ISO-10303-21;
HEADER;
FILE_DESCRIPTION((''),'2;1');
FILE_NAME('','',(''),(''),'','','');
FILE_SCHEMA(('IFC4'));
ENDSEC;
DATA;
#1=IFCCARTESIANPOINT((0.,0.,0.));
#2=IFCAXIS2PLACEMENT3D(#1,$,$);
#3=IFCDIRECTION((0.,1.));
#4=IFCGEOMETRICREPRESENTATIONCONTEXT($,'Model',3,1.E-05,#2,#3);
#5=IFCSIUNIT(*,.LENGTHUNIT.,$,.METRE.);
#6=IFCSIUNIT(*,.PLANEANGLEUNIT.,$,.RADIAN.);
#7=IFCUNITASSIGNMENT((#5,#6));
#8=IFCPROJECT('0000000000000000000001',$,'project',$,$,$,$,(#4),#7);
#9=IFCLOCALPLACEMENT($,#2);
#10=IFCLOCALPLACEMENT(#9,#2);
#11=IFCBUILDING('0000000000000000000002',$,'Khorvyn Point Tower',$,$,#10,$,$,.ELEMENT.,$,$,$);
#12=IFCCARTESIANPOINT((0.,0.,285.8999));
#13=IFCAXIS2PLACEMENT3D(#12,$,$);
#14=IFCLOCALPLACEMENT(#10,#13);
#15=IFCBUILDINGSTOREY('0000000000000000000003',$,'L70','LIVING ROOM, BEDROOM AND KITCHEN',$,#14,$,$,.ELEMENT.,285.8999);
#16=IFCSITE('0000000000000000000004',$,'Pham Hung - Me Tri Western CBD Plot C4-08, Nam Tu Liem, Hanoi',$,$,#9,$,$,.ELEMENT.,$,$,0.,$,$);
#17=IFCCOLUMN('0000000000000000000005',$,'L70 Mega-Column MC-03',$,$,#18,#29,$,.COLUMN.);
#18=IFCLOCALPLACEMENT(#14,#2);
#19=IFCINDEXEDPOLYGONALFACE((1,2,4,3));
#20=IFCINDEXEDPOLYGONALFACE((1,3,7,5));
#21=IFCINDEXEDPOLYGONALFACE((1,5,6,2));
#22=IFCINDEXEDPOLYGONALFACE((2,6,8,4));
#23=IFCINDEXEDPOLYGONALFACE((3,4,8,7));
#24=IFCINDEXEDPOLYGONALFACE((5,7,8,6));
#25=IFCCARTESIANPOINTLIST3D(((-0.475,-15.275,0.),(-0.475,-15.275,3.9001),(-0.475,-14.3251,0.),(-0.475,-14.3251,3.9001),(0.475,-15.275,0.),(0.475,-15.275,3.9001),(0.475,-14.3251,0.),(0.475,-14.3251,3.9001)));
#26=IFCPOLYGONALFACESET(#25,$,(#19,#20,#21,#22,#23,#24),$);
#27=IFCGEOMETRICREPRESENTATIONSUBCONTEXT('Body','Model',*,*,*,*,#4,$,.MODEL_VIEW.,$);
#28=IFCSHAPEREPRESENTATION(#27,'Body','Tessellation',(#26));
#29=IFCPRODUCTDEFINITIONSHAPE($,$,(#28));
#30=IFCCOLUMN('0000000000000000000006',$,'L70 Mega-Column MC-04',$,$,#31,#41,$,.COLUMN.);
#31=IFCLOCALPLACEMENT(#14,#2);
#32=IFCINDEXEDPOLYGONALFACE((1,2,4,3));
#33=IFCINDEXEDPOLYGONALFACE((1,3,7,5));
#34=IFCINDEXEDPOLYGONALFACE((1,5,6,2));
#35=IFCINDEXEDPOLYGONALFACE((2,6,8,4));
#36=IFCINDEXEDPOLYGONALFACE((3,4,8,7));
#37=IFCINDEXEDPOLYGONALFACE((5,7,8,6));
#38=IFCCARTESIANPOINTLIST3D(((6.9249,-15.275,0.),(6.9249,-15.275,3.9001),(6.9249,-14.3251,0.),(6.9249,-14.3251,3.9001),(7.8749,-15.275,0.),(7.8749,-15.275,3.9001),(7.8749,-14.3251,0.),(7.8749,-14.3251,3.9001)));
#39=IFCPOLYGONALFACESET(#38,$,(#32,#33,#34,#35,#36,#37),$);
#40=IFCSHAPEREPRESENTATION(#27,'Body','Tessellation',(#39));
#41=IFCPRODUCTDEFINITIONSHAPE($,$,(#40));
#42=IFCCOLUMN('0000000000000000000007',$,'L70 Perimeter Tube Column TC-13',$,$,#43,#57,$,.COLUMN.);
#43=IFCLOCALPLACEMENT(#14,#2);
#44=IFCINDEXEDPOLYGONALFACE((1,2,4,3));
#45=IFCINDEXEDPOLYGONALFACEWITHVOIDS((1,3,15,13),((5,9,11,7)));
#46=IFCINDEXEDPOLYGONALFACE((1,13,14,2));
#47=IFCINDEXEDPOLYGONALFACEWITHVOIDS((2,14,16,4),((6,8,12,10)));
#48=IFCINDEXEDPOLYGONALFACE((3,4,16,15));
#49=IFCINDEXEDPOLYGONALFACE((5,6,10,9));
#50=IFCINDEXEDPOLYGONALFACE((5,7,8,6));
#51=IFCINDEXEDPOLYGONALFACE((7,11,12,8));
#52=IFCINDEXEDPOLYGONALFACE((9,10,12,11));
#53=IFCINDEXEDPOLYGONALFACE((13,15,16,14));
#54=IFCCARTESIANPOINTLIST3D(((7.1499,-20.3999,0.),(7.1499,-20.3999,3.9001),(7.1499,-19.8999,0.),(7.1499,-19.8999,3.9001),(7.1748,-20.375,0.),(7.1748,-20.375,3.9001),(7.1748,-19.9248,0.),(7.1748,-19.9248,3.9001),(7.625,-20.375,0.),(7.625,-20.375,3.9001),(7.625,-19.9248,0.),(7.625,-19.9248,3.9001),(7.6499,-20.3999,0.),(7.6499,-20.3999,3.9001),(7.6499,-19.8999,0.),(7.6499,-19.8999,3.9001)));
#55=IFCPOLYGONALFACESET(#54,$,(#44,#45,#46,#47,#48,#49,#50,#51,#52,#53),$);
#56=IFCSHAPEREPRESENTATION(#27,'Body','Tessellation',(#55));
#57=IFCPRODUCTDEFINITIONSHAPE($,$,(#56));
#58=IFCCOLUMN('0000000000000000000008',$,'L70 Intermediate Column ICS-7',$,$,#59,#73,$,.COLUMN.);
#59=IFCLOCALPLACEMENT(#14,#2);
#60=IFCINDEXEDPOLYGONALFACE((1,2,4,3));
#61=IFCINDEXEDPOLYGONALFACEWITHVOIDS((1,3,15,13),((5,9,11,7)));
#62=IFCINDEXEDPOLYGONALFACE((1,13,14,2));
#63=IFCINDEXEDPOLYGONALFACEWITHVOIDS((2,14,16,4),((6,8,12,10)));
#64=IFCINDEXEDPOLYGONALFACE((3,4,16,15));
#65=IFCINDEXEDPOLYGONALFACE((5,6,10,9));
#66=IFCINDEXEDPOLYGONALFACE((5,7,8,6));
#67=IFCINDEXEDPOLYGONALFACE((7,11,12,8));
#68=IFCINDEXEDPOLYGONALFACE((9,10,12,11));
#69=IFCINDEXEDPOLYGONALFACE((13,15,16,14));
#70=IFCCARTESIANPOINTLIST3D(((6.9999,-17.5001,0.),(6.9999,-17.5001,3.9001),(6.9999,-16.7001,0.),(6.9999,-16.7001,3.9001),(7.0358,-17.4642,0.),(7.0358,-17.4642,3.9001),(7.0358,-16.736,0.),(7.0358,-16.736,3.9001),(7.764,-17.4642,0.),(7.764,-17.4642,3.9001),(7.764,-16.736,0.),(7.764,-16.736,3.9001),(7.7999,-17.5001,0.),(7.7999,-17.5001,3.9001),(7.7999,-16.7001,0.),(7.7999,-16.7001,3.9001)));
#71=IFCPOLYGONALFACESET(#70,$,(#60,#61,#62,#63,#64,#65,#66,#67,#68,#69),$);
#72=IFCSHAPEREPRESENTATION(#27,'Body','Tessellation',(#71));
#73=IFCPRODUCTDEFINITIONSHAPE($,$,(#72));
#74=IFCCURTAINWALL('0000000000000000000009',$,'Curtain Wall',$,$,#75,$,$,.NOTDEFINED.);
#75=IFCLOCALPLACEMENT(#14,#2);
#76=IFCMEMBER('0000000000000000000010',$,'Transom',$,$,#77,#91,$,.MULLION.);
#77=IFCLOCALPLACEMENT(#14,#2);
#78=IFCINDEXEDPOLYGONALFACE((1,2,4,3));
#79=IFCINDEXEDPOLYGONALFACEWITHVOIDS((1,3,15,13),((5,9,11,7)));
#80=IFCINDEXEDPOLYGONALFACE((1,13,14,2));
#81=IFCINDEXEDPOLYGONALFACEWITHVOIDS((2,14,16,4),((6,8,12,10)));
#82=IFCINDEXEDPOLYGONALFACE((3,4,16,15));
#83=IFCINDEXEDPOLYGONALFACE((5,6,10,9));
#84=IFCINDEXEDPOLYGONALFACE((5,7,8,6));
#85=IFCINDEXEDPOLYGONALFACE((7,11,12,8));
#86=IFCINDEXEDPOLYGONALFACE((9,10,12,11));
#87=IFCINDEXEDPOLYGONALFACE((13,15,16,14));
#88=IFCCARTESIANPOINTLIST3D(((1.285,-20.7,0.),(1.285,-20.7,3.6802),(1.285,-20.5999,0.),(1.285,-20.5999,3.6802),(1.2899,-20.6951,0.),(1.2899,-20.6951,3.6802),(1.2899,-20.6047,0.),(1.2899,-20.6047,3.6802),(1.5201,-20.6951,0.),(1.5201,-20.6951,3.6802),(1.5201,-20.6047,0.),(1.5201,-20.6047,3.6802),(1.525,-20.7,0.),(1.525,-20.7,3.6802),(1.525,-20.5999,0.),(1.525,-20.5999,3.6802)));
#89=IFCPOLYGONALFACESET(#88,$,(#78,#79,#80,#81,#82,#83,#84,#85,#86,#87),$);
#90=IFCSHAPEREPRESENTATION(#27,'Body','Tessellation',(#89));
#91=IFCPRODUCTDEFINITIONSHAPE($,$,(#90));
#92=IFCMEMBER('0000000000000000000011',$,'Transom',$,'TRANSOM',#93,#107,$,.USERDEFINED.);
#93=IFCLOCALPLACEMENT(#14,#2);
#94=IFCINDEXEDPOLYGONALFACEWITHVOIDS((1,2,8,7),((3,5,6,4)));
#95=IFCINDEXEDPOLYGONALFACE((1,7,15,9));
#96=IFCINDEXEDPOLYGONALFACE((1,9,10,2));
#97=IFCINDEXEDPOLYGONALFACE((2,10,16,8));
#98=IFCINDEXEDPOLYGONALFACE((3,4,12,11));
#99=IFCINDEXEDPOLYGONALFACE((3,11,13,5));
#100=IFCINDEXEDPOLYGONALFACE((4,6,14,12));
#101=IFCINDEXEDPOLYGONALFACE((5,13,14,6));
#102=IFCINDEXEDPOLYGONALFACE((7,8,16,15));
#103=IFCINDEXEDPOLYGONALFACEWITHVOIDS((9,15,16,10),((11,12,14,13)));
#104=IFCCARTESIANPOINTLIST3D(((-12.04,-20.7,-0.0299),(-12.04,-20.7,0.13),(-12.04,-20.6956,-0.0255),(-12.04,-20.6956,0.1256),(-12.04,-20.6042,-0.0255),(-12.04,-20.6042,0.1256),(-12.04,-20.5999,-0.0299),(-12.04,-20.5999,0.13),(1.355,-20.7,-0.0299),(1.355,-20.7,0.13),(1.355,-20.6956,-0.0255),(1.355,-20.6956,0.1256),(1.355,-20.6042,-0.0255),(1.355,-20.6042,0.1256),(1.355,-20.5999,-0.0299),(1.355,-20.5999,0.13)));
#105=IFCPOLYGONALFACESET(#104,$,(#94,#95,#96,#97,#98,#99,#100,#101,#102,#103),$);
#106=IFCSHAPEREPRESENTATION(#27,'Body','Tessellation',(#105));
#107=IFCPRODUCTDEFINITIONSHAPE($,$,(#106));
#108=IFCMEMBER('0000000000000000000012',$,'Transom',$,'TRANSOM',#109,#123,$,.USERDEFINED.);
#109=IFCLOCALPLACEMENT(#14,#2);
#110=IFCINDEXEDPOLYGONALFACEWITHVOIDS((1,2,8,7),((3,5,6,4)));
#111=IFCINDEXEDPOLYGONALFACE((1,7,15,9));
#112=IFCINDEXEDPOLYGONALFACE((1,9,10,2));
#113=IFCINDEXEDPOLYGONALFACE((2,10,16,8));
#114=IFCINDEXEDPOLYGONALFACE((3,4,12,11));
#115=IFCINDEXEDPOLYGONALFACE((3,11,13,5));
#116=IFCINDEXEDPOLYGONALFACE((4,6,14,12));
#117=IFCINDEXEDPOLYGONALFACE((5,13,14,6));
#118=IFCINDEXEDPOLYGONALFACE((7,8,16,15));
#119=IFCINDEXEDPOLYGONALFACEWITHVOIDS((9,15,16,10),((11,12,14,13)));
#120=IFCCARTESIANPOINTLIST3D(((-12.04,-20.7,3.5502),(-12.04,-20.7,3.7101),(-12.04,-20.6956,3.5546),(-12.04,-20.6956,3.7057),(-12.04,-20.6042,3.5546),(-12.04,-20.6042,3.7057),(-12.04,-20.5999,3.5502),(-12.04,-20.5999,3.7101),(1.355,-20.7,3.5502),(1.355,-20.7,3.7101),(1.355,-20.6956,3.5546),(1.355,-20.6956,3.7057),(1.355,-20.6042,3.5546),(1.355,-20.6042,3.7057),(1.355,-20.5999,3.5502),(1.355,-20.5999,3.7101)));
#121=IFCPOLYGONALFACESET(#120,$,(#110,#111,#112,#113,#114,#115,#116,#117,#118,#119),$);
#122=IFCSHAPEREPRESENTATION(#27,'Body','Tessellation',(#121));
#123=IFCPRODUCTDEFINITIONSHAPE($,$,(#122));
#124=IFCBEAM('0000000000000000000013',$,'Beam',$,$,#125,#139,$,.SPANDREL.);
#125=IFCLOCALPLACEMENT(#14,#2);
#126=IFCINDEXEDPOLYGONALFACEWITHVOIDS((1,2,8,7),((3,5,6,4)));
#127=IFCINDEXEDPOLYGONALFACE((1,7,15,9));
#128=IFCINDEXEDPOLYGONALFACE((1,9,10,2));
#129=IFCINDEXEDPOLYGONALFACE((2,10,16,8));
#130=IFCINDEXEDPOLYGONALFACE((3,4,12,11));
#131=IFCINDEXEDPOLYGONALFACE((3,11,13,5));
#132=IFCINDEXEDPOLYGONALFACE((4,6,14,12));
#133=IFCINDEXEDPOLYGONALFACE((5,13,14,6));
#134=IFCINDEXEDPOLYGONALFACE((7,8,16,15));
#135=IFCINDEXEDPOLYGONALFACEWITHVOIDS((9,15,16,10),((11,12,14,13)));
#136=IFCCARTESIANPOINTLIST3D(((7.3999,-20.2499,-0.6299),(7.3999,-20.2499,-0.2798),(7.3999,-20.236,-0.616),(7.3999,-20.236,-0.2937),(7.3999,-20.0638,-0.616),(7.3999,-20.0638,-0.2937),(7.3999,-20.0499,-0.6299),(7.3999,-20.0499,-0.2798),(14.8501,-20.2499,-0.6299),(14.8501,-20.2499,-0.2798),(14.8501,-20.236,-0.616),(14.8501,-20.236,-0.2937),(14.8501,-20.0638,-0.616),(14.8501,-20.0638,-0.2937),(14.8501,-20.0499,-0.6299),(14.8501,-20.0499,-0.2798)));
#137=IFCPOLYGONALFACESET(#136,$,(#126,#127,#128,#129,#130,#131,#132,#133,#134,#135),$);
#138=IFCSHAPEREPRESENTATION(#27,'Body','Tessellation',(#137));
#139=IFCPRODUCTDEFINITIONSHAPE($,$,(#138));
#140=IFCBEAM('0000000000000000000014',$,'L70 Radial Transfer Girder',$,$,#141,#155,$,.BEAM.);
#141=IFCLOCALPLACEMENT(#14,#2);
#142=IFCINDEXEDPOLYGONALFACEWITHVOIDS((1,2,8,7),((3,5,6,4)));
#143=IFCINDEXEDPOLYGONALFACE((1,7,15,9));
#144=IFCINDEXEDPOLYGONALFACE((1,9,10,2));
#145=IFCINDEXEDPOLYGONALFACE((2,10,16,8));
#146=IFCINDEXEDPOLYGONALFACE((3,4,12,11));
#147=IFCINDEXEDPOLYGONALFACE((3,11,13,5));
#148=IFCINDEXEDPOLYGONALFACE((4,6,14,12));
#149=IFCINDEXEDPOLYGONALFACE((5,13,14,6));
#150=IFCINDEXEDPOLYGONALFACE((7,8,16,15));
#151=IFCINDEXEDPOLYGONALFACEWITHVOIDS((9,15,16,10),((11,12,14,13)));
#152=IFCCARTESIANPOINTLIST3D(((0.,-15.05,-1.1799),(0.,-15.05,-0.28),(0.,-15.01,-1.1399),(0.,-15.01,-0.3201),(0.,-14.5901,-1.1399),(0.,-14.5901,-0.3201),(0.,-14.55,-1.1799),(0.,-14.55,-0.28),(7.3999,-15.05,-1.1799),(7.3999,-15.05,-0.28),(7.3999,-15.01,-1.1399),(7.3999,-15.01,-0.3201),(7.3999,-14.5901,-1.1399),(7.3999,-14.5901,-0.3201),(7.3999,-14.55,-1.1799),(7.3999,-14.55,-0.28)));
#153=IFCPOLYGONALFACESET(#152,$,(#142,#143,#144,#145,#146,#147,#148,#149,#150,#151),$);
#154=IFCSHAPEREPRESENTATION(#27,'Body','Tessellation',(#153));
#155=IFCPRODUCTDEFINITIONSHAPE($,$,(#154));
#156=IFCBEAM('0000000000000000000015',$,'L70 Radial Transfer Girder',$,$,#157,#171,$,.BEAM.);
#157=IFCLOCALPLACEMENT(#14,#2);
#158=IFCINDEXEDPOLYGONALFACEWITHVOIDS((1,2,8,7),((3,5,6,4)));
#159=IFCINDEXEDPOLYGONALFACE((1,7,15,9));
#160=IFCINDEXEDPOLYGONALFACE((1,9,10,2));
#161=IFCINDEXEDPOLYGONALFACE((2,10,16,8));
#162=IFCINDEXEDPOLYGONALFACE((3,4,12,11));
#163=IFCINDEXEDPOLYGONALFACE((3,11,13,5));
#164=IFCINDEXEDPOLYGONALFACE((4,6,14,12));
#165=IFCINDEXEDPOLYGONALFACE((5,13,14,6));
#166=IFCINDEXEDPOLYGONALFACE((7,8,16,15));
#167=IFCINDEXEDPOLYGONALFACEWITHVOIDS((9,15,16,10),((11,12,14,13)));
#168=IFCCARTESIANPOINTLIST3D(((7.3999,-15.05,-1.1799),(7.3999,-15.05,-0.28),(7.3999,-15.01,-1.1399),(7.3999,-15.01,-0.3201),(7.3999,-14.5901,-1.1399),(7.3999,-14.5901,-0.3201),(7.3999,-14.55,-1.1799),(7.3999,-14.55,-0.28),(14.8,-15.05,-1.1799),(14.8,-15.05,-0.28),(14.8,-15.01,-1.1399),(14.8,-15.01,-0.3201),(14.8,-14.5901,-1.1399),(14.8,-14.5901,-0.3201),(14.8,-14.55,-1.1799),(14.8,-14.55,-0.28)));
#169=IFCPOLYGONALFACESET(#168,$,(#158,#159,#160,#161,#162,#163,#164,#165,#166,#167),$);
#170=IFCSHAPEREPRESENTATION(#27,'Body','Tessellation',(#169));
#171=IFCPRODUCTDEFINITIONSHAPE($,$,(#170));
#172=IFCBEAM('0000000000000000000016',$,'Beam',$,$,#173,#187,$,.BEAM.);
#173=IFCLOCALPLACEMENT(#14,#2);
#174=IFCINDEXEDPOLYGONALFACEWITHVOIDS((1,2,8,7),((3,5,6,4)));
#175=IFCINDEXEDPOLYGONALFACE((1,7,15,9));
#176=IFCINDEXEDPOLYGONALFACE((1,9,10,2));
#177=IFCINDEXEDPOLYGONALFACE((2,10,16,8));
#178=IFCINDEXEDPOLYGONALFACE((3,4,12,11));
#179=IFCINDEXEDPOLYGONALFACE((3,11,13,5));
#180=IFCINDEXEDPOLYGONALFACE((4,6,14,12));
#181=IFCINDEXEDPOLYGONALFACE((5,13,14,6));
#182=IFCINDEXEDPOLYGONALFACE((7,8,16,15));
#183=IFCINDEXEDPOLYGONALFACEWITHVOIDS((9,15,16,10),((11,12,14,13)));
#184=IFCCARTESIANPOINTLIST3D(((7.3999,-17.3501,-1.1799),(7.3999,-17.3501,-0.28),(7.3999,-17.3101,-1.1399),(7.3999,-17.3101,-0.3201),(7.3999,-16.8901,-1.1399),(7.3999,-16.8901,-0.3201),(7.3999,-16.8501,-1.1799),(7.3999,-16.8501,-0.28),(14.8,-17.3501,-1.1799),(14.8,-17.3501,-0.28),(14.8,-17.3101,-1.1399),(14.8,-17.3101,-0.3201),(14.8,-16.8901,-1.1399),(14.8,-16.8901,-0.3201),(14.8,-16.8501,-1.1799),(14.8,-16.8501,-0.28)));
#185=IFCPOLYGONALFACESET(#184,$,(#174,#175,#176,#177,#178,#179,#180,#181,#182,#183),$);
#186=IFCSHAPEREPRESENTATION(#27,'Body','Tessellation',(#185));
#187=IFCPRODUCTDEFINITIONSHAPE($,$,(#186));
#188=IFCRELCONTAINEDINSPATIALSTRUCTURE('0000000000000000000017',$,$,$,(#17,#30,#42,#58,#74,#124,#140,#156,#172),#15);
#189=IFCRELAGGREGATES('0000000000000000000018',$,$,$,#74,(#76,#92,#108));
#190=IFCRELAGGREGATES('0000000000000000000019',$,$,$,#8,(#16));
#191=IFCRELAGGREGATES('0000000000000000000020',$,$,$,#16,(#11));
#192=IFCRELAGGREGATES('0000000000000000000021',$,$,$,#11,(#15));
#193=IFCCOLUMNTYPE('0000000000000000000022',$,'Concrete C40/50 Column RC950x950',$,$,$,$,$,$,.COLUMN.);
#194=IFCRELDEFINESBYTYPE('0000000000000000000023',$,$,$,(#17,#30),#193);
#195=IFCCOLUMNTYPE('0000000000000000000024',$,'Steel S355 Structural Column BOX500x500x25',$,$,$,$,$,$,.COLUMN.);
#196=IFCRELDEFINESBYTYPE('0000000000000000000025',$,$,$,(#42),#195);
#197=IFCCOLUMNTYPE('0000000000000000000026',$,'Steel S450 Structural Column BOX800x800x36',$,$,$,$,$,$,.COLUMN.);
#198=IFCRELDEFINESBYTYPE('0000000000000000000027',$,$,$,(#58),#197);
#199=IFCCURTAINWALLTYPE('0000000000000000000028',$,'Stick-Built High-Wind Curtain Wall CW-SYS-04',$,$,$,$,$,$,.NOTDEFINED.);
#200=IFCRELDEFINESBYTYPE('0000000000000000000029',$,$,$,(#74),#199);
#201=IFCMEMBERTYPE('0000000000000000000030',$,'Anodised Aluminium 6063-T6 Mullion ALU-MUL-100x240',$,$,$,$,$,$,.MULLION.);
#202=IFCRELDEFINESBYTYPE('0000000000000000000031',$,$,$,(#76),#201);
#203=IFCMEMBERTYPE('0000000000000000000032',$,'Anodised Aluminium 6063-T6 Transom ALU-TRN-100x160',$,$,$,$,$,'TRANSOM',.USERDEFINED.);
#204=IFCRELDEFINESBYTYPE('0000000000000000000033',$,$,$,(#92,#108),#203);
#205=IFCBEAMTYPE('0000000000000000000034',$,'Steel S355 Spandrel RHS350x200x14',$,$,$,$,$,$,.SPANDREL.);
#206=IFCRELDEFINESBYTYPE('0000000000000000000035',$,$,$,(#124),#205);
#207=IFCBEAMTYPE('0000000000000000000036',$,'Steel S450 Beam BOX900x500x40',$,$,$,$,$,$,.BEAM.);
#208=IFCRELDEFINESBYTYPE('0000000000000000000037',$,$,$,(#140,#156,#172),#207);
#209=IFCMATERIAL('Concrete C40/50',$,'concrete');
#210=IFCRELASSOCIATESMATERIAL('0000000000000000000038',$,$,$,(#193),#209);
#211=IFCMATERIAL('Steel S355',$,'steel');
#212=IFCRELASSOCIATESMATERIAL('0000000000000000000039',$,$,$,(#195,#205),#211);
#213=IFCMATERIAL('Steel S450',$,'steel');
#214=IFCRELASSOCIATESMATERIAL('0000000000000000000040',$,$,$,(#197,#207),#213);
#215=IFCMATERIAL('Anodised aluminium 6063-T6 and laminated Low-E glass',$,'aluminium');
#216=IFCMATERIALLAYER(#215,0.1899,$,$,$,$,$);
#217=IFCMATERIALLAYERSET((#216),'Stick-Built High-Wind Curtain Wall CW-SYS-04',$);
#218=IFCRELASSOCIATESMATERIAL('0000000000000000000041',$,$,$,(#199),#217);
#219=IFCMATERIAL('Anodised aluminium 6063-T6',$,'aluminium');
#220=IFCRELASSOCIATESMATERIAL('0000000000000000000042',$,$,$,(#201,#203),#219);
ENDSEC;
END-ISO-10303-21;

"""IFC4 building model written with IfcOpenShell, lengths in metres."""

from ifc_helpers import new_model, si_unit, direction, frame, origin, origin_2d, place, context, subcontext, project, spatial, rectangle, hollow_rectangle, extrude, material, layer, layer_set, material_profile, profile_set, type_object, element, aggregate, save


model = new_model("IFC4")

# Units and contexts
model_context = context("Model", 3, precision=1e-05, world=origin(), true_north=direction((0.0, 1.0)))
body_context = subcontext(model_context, "Body", "Model", "MODEL_VIEW")
ifc_project = project(units=[si_unit("LENGTHUNIT", "METRE"), si_unit("PLANEANGLEUNIT", "RADIAN")], contexts=[model_context])

# Site, building, storey
site_placement = place(None, origin())
site = spatial("IfcSite", under=ifc_project, at=site_placement, Name="Pham Hung - Me Tri Western CBD Plot C4-08, Nam Tu Liem, Hanoi", CompositionType="ELEMENT", RefElevation=0.0)
building_placement = place(site_placement, origin())
building = spatial("IfcBuilding", under=site, at=building_placement, Name="Khorvyn Point Tower", CompositionType="ELEMENT")
storey_placement = place(building_placement, frame((0.0, 0.0, 285.8999)))
storey = spatial("IfcBuildingStorey", under=building, at=storey_placement, Name="L70", Description="LIVING ROOM, BEDROOM AND KITCHEN", CompositionType="ELEMENT", Elevation=285.8999)

# Columns
ifc_material_1 = material(Name="Concrete C40/50", Category="concrete")
ifc_material_profile_1 = material_profile(ifc_material_1, rectangle(XDim=0.95, YDim=0.95, at=origin_2d()))
ifc_profile_set_1 = profile_set([ifc_material_profile_1], Name="Concrete C40/50 RC950x950")
column_type_1 = type_object("IfcColumnType", Name="Concrete C40/50 Column RC950x950", PredefinedType="COLUMN", material=ifc_profile_set_1)
for number, where, z_axis, x_axis, name in (
    (1, (0.0, -14.8, 0.0), (0.0, 0.0, 1.0), (1.0, 0.0, 0.0), "L70 Mega-Column MC-03"),
    (2, (7.3999, -14.8, 0.0), (0.0, 0.0, 1.0), (1.0, 0.0, 0.0), "L70 Mega-Column MC-04"),
):
    element("IfcColumn", number, at=place(storey_placement, frame(where, z_axis=z_axis, x_axis=x_axis)), inside=storey, type_object=column_type_1, Name=name, PredefinedType="COLUMN", context=body_context, shape_type="SweptSolid", body=[
        extrude(rectangle(XDim=0.95, YDim=0.95, at=origin_2d()), origin(), (0.0, 0.0, 1.0), 3.9001),
    ])
ifc_material_2 = material(Name="Steel S355", Category="steel")
ifc_material_profile_2 = material_profile(ifc_material_2, hollow_rectangle(XDim=0.5, YDim=0.5, WallThickness=0.0249, at=origin_2d()))
ifc_profile_set_2 = profile_set([ifc_material_profile_2], Name="Steel S355 BOX500x500x25")
column_type_2 = type_object("IfcColumnType", Name="Steel S355 Structural Column BOX500x500x25", PredefinedType="COLUMN", material=ifc_profile_set_2)
column_1_placement = place(storey_placement, frame((7.3999, -20.1499, 0.0), z_axis=(0.0, 0.0, 1.0), x_axis=(1.0, 0.0, 0.0)))
element("IfcColumn", 3, at=column_1_placement, inside=storey, type_object=column_type_2, Name="L70 Perimeter Tube Column TC-13", PredefinedType="COLUMN", context=body_context, shape_type="SweptSolid", body=[
    extrude(hollow_rectangle(XDim=0.5, YDim=0.5, WallThickness=0.0249, at=origin_2d()), origin(), (0.0, 0.0, 1.0), 3.9001),
])
ifc_material_3 = material(Name="Steel S450", Category="steel")
ifc_material_profile_3 = material_profile(ifc_material_3, hollow_rectangle(XDim=0.8, YDim=0.8, WallThickness=0.0359, at=origin_2d()))
ifc_profile_set_3 = profile_set([ifc_material_profile_3], Name="Steel S450 BOX800x800x36")
column_type_3 = type_object("IfcColumnType", Name="Steel S450 Structural Column BOX800x800x36", PredefinedType="COLUMN", material=ifc_profile_set_3)
column_2_placement = place(storey_placement, frame((7.3999, -17.1001, 0.0), z_axis=(0.0, 0.0, 1.0), x_axis=(1.0, 0.0, 0.0)))
element("IfcColumn", 4, at=column_2_placement, inside=storey, type_object=column_type_3, Name="L70 Intermediate Column ICS-7", PredefinedType="COLUMN", context=body_context, shape_type="SweptSolid", body=[
    extrude(hollow_rectangle(XDim=0.8, YDim=0.8, WallThickness=0.0359, at=origin_2d()), origin(), (0.0, 0.0, 1.0), 3.9001),
])

# Curtain wall, members
ifc_material_4 = material(Name="Anodised aluminium 6063-T6 and laminated Low-E glass", Category="aluminium")
ifc_layer_1 = layer(ifc_material_4, 0.1899)
ifc_layer_set_1 = layer_set([ifc_layer_1], Name="Stick-Built High-Wind Curtain Wall CW-SYS-04")
curtain_wall_type = type_object("IfcCurtainWallType", Name="Stick-Built High-Wind Curtain Wall CW-SYS-04", PredefinedType="NOTDEFINED", material=ifc_layer_set_1)
curtain_wall_placement = place(storey_placement, origin())
curtain_wall = element("IfcCurtainWall", 5, at=curtain_wall_placement, inside=storey, type_object=curtain_wall_type, Name="Curtain Wall", PredefinedType="NOTDEFINED")
ifc_material_5 = material(Name="Anodised aluminium 6063-T6", Category="aluminium")
ifc_material_profile_4 = material_profile(ifc_material_5, hollow_rectangle(XDim=0.1001, YDim=0.24, WallThickness=0.0049, at=origin_2d()))
ifc_profile_set_4 = profile_set([ifc_material_profile_4], Name="Anodised aluminium 6063-T6 ALU-MUL-100x240")
member_type_1 = type_object("IfcMemberType", Name="Anodised Aluminium 6063-T6 Mullion ALU-MUL-100x240", PredefinedType="MULLION", material=ifc_profile_set_4)
member_1_placement = place(storey_placement, frame((1.405, -20.6499, 0.0), z_axis=(0.0, 0.0, 1.0), x_axis=(0.0, -1.0, 0.0)))
member_1 = element("IfcMember", 6, at=member_1_placement, type_object=member_type_1, Name="Transom", PredefinedType="MULLION", context=body_context, shape_type="SweptSolid", body=[
    extrude(hollow_rectangle(XDim=0.1001, YDim=0.24, WallThickness=0.0049, at=origin_2d()), origin(), (0.0, 0.0, 1.0), 3.6802),
])
ifc_material_profile_5 = material_profile(ifc_material_5, hollow_rectangle(XDim=0.1001, YDim=0.1599, WallThickness=0.0044, at=origin_2d()))
ifc_profile_set_5 = profile_set([ifc_material_profile_5], Name="Anodised aluminium 6063-T6 ALU-TRN-100x160")
member_type_2 = type_object("IfcMemberType", Name="Anodised Aluminium 6063-T6 Transom ALU-TRN-100x160", ElementType="TRANSOM", PredefinedType="USERDEFINED", material=ifc_profile_set_5)
member_2_placement = place(storey_placement, frame((1.355, -20.6499, 0.05), z_axis=(-1.0, 0.0, 0.0), x_axis=(0.0, -1.0, 0.0)))
member_2 = element("IfcMember", 7, at=member_2_placement, type_object=member_type_2, Name="Transom", ObjectType="TRANSOM", PredefinedType="USERDEFINED", context=body_context, shape_type="SweptSolid", body=[
    extrude(hollow_rectangle(XDim=0.1001, YDim=0.1599, WallThickness=0.0044, at=origin_2d()), origin(), (0.0, 0.0, 1.0), 13.395),
])
member_3_placement = place(storey_placement, frame((1.355, -20.6499, 3.6301), z_axis=(-1.0, 0.0, 0.0), x_axis=(0.0, -1.0, 0.0)))
member_3 = element("IfcMember", 8, at=member_3_placement, type_object=member_type_2, Name="Transom", ObjectType="TRANSOM", PredefinedType="USERDEFINED", context=body_context, shape_type="SweptSolid", body=[
    extrude(hollow_rectangle(XDim=0.1001, YDim=0.1599, WallThickness=0.0044, at=origin_2d()), origin(), (0.0, 0.0, 1.0), 13.395),
])

# Beams
ifc_material_profile_6 = material_profile(ifc_material_2, hollow_rectangle(XDim=0.2, YDim=0.3501, WallThickness=0.0139, at=origin_2d()))
ifc_profile_set_6 = profile_set([ifc_material_profile_6], Name="Steel S355 RHS350x200x14")
beam_type_1 = type_object("IfcBeamType", Name="Steel S355 Spandrel RHS350x200x14", PredefinedType="SPANDREL", material=ifc_profile_set_6)
beam_1_placement = place(storey_placement, frame((7.3999, -20.1499, -0.4548), z_axis=(1.0, 0.0, 0.0), x_axis=(0.0, 1.0, 0.0)))
element("IfcBeam", 9, at=beam_1_placement, inside=storey, type_object=beam_type_1, Name="Beam", PredefinedType="SPANDREL", context=body_context, shape_type="SweptSolid", body=[
    extrude(hollow_rectangle(XDim=0.2, YDim=0.3501, WallThickness=0.0139, at=origin_2d()), origin(), (0.0, 0.0, 1.0), 7.4502),
])
ifc_material_profile_7 = material_profile(ifc_material_3, hollow_rectangle(XDim=0.5, YDim=0.8999, WallThickness=0.04, at=origin_2d()))
ifc_profile_set_7 = profile_set([ifc_material_profile_7], Name="Steel S450 BOX900x500x40")
beam_type_2 = type_object("IfcBeamType", Name="Steel S450 Beam BOX900x500x40", PredefinedType="BEAM", material=ifc_profile_set_7)
beam_2_placement = place(storey_placement, frame((0.0, -14.8, -0.73), z_axis=(1.0, 0.0, 0.0), x_axis=(0.0, 1.0, 0.0)))
element("IfcBeam", 10, at=beam_2_placement, inside=storey, type_object=beam_type_2, Name="L70 Radial Transfer Girder", PredefinedType="BEAM", context=body_context, shape_type="SweptSolid", body=[
    extrude(hollow_rectangle(XDim=0.5, YDim=0.8999, WallThickness=0.04, at=origin_2d()), origin(), (0.0, 0.0, 1.0), 7.3999),
])
for number, where, z_axis, x_axis, name in (
    (11, (7.3999, -14.8, -0.73), (1.0, 0.0, 0.0), (0.0, 1.0, 0.0), "L70 Radial Transfer Girder"),
    (12, (7.3999, -17.1001, -0.73), (1.0, 0.0, 0.0), (0.0, 1.0, 0.0), "Beam"),
):
    element("IfcBeam", number, at=place(storey_placement, frame(where, z_axis=z_axis, x_axis=x_axis)), inside=storey, type_object=beam_type_2, Name=name, PredefinedType="BEAM", context=body_context, shape_type="SweptSolid", body=[
        extrude(hollow_rectangle(XDim=0.5, YDim=0.8999, WallThickness=0.04, at=origin_2d()), origin(), (0.0, 0.0, 1.0), 7.4001),
    ])

aggregate(curtain_wall, [member_1, member_2, member_3])

save(model, "model.ifc")
